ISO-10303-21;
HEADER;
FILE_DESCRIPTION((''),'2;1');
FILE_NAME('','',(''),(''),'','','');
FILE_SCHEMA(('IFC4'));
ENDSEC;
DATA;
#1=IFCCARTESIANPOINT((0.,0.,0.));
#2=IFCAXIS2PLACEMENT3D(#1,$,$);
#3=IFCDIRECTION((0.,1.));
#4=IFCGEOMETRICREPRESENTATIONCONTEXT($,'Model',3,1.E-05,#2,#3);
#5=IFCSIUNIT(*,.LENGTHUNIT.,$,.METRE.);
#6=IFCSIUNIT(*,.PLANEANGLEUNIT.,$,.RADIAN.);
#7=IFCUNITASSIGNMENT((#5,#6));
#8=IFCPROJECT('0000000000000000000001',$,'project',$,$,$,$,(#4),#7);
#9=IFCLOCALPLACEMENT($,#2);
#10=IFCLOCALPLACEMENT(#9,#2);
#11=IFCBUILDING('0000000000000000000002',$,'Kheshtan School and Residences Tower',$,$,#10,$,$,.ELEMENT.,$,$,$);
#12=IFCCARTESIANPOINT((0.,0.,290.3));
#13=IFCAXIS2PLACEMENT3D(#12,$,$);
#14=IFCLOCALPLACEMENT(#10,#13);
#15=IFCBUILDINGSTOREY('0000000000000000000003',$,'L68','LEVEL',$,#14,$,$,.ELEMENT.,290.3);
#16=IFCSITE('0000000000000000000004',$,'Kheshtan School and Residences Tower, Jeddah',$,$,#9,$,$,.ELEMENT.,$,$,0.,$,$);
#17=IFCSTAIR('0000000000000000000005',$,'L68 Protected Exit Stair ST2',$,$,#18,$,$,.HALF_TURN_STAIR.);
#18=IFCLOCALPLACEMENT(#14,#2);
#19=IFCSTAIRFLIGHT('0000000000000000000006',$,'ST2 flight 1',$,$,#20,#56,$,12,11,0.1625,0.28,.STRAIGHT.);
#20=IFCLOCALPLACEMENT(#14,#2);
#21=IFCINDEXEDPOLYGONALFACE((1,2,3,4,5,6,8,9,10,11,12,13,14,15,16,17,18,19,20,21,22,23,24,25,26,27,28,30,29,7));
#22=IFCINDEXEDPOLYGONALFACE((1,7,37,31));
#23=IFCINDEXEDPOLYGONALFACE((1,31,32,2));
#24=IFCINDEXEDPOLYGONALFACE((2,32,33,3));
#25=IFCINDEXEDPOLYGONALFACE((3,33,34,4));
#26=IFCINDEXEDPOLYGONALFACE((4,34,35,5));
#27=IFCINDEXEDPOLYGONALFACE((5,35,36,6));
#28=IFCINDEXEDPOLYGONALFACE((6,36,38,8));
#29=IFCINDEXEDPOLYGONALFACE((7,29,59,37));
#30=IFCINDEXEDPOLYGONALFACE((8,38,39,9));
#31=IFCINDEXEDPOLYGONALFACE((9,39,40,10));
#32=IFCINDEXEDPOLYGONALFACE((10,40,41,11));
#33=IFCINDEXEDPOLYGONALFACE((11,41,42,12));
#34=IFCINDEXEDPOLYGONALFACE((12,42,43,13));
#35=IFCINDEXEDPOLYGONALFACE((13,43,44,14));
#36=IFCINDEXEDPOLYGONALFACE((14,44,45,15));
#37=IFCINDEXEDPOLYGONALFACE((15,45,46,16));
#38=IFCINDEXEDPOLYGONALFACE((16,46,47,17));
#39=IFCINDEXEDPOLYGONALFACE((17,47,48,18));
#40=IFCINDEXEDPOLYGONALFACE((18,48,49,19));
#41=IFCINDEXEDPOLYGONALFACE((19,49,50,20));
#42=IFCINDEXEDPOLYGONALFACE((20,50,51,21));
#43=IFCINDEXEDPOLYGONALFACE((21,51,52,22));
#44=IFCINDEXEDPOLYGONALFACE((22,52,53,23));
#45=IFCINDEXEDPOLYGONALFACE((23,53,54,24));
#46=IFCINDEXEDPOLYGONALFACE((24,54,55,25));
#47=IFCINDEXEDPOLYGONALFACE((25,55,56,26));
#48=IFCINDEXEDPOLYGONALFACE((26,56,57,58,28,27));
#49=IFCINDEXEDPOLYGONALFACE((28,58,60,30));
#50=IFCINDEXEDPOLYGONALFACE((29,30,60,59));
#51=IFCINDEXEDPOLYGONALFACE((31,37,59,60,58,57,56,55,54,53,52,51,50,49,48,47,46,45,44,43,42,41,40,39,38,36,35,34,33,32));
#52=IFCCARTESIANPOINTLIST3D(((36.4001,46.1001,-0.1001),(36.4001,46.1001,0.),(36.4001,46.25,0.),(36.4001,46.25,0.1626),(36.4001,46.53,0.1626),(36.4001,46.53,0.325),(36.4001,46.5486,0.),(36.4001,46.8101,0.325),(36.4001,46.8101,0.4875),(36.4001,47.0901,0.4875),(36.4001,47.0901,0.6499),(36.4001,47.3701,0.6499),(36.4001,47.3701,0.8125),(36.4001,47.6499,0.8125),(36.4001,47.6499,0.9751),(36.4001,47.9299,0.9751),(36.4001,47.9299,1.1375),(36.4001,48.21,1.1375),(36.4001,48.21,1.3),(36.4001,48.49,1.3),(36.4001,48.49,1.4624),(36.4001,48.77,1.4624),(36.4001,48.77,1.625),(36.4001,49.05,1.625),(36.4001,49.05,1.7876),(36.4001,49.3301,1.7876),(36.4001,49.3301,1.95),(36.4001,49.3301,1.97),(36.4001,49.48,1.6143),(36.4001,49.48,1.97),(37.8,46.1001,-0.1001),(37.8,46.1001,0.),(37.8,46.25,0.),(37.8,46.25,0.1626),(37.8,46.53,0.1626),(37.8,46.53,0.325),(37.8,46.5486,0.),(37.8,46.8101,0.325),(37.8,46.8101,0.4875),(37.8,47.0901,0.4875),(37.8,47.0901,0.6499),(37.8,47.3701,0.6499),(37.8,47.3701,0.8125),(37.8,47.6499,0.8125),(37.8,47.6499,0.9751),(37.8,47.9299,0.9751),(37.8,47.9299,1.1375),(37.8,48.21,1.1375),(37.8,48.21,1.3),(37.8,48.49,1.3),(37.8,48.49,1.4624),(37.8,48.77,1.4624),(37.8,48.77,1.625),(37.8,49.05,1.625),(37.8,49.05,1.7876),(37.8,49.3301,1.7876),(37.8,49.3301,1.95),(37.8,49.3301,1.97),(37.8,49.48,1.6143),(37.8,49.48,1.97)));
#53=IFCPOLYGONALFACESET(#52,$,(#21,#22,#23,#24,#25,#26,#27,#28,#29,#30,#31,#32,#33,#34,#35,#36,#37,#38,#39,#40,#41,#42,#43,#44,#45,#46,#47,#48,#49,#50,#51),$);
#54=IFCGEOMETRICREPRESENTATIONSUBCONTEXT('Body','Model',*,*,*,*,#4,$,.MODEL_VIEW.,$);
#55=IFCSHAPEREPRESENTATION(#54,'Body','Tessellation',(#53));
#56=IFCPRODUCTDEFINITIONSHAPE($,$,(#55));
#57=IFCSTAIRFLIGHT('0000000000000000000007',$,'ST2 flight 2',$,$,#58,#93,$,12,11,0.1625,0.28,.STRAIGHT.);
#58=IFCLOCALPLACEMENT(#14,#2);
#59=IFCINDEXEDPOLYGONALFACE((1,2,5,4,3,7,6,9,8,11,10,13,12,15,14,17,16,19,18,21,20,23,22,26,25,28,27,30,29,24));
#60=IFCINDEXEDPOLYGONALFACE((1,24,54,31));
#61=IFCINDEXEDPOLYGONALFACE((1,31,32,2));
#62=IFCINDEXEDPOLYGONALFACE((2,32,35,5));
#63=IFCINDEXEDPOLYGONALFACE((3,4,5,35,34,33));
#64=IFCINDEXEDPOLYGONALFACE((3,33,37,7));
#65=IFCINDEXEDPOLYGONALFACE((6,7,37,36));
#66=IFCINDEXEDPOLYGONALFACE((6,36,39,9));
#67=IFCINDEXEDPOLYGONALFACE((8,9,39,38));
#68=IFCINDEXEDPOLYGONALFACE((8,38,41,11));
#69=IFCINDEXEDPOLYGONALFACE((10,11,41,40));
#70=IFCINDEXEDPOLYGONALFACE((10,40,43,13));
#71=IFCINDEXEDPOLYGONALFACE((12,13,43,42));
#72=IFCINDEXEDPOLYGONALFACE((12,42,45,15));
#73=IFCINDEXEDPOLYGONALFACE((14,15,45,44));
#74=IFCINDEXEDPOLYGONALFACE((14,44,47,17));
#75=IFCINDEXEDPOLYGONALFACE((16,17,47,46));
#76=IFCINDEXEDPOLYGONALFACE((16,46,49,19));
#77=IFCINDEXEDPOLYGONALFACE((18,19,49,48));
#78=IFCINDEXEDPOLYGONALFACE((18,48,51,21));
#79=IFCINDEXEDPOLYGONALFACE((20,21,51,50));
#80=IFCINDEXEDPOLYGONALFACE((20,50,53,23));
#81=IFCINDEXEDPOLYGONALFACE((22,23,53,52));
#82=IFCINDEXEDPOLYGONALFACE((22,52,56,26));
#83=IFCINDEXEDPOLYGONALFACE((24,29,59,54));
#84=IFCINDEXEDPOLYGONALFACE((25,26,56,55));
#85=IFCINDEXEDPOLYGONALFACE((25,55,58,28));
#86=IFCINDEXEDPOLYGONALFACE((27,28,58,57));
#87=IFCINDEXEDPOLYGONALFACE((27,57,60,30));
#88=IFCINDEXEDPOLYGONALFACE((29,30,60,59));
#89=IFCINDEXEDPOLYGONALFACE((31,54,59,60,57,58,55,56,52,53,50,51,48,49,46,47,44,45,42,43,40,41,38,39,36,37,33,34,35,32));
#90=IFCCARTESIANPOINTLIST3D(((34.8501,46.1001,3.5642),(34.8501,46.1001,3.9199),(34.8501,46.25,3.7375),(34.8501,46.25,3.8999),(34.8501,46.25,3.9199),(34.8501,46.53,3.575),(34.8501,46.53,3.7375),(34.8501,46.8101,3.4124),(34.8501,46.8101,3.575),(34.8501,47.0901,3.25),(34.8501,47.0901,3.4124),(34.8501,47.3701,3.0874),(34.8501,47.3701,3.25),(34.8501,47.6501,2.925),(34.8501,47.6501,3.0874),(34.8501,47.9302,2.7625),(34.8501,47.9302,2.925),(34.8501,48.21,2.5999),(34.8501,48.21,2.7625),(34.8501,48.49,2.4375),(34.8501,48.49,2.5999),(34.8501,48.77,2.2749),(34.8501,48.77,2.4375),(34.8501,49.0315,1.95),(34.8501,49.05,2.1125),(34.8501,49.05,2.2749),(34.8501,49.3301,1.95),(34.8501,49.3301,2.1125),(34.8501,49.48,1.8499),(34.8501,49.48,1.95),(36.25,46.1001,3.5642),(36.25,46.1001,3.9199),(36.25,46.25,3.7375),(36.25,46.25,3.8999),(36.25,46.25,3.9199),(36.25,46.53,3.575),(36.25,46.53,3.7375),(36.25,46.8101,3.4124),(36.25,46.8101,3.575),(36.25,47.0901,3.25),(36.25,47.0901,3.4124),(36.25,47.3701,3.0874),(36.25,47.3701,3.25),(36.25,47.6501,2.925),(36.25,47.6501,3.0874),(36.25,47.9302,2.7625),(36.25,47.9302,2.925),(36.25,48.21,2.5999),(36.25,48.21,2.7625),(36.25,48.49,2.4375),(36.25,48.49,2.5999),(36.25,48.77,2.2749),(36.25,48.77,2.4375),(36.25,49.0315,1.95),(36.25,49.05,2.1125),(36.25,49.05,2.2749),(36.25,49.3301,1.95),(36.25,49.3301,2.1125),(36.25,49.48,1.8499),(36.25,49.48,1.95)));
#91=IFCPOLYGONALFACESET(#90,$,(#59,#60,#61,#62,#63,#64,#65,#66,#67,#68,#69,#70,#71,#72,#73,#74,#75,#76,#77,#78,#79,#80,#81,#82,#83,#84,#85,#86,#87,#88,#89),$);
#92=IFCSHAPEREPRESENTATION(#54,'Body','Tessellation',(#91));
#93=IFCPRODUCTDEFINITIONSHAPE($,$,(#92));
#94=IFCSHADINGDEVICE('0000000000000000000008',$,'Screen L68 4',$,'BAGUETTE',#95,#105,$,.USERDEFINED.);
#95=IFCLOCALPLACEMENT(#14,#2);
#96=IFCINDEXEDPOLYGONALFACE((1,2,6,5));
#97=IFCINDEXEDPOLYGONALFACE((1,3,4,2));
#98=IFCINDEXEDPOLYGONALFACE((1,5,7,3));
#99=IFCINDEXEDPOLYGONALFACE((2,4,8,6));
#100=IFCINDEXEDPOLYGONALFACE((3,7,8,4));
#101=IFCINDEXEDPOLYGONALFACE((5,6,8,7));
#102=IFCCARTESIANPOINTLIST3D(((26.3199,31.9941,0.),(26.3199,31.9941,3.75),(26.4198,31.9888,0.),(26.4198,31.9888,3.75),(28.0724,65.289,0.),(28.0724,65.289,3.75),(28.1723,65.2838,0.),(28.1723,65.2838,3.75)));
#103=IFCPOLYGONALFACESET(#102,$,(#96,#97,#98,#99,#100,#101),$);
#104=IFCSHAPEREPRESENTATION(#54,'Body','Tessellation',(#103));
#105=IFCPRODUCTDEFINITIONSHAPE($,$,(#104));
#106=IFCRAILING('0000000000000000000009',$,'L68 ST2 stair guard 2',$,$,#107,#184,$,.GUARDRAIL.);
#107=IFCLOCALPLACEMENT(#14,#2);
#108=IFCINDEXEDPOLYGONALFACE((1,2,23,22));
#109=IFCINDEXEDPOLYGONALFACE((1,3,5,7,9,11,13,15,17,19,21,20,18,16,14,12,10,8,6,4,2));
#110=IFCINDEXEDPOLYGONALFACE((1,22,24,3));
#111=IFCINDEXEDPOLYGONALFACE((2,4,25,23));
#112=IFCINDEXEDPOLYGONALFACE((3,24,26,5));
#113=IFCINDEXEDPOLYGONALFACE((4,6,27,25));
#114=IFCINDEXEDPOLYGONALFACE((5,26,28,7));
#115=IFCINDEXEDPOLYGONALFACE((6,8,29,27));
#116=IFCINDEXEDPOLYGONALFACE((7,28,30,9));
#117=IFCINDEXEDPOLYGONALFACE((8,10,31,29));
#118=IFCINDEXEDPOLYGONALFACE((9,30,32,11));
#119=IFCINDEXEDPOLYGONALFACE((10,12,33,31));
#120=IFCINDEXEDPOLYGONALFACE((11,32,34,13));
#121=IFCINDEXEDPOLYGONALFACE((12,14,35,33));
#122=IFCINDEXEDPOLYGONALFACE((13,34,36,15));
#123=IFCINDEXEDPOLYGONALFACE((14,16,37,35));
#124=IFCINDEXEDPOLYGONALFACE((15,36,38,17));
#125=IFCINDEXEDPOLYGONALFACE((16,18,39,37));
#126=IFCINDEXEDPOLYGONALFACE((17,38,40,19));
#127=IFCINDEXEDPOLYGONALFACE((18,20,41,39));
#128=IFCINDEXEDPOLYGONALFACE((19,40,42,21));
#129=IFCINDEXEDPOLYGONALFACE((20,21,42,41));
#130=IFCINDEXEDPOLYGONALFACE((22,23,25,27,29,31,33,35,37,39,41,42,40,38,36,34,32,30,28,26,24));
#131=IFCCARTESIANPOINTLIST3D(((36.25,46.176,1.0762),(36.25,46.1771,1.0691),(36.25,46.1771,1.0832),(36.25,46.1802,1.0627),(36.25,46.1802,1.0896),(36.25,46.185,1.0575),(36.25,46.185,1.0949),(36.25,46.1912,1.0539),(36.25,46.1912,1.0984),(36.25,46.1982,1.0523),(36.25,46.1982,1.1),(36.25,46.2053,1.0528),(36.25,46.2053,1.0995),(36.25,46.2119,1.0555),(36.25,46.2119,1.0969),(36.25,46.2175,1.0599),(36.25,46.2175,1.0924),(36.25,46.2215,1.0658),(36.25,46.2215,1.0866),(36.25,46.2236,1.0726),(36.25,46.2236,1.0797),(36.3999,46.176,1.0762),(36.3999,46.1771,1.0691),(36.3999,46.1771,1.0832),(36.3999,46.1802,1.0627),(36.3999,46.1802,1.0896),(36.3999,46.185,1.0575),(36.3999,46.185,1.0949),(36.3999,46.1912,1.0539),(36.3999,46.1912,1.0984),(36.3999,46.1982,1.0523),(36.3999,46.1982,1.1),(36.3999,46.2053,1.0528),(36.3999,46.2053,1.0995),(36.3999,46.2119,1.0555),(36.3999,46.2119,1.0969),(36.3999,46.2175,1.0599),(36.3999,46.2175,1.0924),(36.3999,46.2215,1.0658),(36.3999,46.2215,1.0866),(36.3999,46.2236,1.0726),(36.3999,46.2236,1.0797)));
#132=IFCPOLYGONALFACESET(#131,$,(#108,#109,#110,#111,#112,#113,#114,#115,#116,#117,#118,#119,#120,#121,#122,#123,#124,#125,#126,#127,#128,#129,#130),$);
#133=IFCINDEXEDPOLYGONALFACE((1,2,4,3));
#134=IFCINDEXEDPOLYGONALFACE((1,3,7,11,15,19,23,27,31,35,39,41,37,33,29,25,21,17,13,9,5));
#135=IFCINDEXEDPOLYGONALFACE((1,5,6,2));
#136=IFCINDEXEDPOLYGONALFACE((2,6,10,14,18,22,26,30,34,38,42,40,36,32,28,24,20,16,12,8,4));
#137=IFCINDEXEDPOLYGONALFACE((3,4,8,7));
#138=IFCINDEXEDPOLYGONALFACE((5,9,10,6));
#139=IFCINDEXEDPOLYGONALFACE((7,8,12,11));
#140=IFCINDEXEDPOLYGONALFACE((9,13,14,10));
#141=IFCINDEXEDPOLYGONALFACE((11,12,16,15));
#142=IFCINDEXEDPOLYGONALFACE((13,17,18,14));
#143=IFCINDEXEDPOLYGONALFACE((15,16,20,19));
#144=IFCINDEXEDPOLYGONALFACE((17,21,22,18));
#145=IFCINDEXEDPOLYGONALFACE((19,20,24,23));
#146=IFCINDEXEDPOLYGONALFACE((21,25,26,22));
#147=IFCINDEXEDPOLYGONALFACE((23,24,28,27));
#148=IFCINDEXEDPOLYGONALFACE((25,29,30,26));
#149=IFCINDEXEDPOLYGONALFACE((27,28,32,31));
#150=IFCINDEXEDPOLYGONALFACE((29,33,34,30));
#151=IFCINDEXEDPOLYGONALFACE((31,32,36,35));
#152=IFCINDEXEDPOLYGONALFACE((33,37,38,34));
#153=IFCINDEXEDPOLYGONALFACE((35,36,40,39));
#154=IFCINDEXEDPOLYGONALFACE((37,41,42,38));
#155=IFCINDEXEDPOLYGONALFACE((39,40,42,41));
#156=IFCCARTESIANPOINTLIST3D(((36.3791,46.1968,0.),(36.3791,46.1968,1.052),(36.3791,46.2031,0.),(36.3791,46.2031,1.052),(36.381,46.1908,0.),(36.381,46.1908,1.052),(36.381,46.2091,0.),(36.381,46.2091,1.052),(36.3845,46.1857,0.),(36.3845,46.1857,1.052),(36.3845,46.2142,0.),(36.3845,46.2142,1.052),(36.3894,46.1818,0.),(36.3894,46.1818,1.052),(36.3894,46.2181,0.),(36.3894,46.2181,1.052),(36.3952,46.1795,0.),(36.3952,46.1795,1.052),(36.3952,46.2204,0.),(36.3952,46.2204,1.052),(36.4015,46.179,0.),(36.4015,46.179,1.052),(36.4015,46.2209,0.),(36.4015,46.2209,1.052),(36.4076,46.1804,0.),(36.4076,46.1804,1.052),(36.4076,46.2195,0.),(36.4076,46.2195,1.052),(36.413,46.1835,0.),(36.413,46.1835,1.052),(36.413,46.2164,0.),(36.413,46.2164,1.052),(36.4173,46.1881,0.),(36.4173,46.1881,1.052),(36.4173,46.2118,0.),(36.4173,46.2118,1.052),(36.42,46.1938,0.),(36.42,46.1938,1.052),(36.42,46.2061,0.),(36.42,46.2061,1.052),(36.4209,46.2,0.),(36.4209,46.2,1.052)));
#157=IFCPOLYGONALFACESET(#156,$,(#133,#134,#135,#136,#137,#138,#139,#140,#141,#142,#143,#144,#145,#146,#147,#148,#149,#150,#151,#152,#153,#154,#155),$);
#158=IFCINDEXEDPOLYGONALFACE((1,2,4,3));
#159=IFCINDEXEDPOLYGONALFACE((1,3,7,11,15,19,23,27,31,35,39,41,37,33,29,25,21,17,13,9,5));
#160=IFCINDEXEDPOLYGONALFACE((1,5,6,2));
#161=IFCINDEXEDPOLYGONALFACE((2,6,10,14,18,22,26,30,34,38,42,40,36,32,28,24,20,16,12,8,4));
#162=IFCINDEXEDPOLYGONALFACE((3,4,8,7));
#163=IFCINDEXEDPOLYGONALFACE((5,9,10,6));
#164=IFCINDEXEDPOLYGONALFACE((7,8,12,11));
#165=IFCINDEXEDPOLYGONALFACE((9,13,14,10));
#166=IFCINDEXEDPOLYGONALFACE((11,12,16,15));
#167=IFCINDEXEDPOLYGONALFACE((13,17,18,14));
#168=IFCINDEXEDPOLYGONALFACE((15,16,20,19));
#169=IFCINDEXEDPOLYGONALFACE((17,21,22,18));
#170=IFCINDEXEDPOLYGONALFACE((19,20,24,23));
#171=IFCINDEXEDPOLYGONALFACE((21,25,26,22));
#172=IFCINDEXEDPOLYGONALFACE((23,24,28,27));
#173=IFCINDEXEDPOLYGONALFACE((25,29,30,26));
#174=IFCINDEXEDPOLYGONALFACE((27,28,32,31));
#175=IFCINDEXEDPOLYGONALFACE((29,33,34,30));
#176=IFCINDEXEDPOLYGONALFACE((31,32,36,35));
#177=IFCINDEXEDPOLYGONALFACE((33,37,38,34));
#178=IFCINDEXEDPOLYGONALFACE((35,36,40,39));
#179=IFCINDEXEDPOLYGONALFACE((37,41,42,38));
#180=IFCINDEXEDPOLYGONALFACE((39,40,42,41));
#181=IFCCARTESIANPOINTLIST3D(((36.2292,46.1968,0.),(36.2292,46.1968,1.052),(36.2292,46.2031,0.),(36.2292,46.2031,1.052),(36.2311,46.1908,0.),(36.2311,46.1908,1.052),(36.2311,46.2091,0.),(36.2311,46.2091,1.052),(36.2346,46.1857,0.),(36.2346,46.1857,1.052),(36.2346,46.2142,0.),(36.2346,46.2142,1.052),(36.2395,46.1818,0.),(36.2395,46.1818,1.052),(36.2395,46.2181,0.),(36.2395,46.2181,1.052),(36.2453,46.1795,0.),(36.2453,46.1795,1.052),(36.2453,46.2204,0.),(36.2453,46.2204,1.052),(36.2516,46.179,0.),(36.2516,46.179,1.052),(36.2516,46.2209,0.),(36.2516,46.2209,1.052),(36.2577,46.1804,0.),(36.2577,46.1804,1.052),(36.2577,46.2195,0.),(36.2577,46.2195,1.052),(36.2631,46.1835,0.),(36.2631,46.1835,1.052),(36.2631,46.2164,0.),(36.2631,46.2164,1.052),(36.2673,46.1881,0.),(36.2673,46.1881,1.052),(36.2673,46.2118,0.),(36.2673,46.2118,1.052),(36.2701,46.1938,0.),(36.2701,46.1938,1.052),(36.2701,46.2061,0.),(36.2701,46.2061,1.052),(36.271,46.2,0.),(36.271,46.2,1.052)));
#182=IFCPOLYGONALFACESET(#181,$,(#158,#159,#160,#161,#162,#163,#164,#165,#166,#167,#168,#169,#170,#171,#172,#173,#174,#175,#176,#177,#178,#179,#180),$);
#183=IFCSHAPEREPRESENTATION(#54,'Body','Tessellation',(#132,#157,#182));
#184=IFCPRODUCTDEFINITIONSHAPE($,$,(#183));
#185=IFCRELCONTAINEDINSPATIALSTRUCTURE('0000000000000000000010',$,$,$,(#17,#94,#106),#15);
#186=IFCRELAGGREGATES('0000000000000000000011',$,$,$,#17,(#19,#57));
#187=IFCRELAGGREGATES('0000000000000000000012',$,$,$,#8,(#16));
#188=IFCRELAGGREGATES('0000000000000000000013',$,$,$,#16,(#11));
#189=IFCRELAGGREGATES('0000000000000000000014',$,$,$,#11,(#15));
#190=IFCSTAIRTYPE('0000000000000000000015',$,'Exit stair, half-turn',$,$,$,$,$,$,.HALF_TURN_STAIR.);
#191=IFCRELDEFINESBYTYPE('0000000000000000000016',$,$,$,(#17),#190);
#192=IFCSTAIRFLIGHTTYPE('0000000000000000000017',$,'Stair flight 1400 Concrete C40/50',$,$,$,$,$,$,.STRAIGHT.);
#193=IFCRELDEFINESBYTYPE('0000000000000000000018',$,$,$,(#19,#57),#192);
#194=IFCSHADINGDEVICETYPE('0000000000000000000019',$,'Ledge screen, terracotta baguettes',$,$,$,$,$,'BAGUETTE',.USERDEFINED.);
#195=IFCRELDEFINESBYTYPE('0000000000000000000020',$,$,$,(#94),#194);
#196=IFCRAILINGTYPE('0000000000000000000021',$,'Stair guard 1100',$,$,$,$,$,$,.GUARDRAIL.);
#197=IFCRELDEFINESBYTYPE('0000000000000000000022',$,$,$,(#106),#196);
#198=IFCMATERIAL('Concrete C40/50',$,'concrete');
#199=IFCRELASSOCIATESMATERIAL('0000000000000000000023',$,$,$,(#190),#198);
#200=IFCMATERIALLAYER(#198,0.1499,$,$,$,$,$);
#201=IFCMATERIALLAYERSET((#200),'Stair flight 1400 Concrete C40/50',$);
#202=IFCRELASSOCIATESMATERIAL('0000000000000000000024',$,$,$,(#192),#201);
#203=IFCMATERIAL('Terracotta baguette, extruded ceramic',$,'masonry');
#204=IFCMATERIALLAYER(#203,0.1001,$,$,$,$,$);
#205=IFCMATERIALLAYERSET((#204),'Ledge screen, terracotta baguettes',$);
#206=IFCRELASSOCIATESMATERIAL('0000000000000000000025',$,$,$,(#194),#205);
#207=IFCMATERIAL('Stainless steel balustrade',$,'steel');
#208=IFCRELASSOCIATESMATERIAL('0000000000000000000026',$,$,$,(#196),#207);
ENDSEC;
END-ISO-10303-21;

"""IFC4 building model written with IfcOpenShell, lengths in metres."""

from ifc_helpers import new_model, si_unit, direction, frame, origin, origin_2d, place, context, subcontext, project, spatial, polyline, rectangle, circle, outline, extrude, material, layer, layer_set, type_object, element, aggregate, save


model = new_model("IFC4")

# Units and contexts
model_context = context("Model", 3, precision=1e-05, world=origin(), true_north=direction((0.0, 1.0)))
body_context = subcontext(model_context, "Body", "Model", "MODEL_VIEW")
ifc_project = project(units=[si_unit("LENGTHUNIT", "METRE"), si_unit("PLANEANGLEUNIT", "RADIAN")], contexts=[model_context])

# Site, building, storey
site_placement = place(None, origin())
site = spatial("IfcSite", under=ifc_project, at=site_placement, Name="Kheshtan School and Residences Tower, Jeddah", CompositionType="ELEMENT", RefElevation=0.0)
building_placement = place(site_placement, origin())
building = spatial("IfcBuilding", under=site, at=building_placement, Name="Kheshtan School and Residences Tower", CompositionType="ELEMENT")
storey_placement = place(building_placement, frame((0.0, 0.0, 290.3)))
storey = spatial("IfcBuildingStorey", under=building, at=storey_placement, Name="L68", Description="LEVEL", CompositionType="ELEMENT", Elevation=290.3)

# Shared definitions
ifc_material_1 = material(Name="Concrete C40/50", Category="concrete")

# Stair, stair flights
stair_type = type_object("IfcStairType", Name="Exit stair, half-turn", PredefinedType="HALF_TURN_STAIR", material=ifc_material_1)
stair_placement = place(storey_placement, origin())
stair = element("IfcStair", 1, at=stair_placement, inside=storey, type_object=stair_type, Name="L68 Protected Exit Stair ST2", PredefinedType="HALF_TURN_STAIR")
ifc_layer_1 = layer(ifc_material_1, 0.1499)
ifc_layer_set_1 = layer_set([ifc_layer_1], Name="Stair flight 1400 Concrete C40/50")
stair_flight_type = type_object("IfcStairFlightType", Name="Stair flight 1400 Concrete C40/50", PredefinedType="STRAIGHT", material=ifc_layer_set_1)
stair_flight_1_placement = place(storey_placement, frame((37.1001, 46.25, 0.0), z_axis=(0.0, 0.0, 1.0), x_axis=(0.0, 1.0, 0.0)))
stair_flight_1 = element("IfcStairFlight", 2, at=stair_flight_1_placement, type_object=stair_flight_type, Name="ST2 flight 1", NumberOfRisers=12, NumberOfTreads=11, PredefinedType="STRAIGHT", RiserHeight=0.1625, TreadLength=0.28, context=body_context, shape_type="SweptSolid", body=[
    extrude(outline(polyline([(-0.1499, -0.1001), (-0.1499, 0.0), (0.0, 0.0), (0.0, 0.1626), (0.28, 0.1626), (0.28, 0.325), (0.5601, 0.325), (0.5601, 0.4875), (0.8401, 0.4875), (0.8401, 0.6499), (1.1201, 0.6499), (1.1201, 0.8125), (1.3999, 0.8125), (1.3999, 0.9751), (1.6799, 0.9751), (1.6799, 1.1375), (1.96, 1.1375), (1.96, 1.3), (2.24, 1.3), (2.24, 1.4624), (2.52, 1.4624), (2.52, 1.625), (2.8, 1.625), (2.8, 1.7876), (3.0801, 1.7876), (3.0801, 1.95), (3.0801, 1.97), (3.23, 1.97), (3.23, 1.6143), (0.2986, 0.0), (-0.1499, -0.1001)])), frame((0.0, 0.7, 0.0), z_axis=(0.0, -1.0, 0.0), x_axis=(1.0, 0.0, 0.0)), (0.0, 0.0, 1.0), 1.3999),
])
stair_flight_2_placement = place(storey_placement, frame((35.55, 49.3301, 1.95), z_axis=(0.0, 0.0, 1.0), x_axis=(0.0, -1.0, 0.0)))
stair_flight_2 = element("IfcStairFlight", 3, at=stair_flight_2_placement, type_object=stair_flight_type, Name="ST2 flight 2", NumberOfRisers=12, NumberOfTreads=11, PredefinedType="STRAIGHT", RiserHeight=0.1625, TreadLength=0.28, context=body_context, shape_type="SweptSolid", body=[
    extrude(outline(polyline([(-0.1499, -0.1001), (-0.1499, 0.0), (0.0, 0.0), (0.0, 0.1626), (0.28, 0.1626), (0.28, 0.325), (0.5601, 0.325), (0.5601, 0.4875), (0.8401, 0.4875), (0.8401, 0.6499), (1.1201, 0.6499), (1.1201, 0.8125), (1.3999, 0.8125), (1.3999, 0.9751), (1.6799, 0.9751), (1.6799, 1.1375), (1.96, 1.1375), (1.96, 1.3), (2.24, 1.3), (2.24, 1.4624), (2.52, 1.4624), (2.52, 1.625), (2.8, 1.625), (2.8, 1.7876), (3.0801, 1.7876), (3.0801, 1.95), (3.0801, 1.97), (3.23, 1.97), (3.23, 1.6143), (0.2986, 0.0), (-0.1499, -0.1001)])), frame((0.0, 0.7, 0.0), z_axis=(0.0, -1.0, 0.0), x_axis=(1.0, 0.0, 0.0)), (0.0, 0.0, 1.0), 1.3999),
])
aggregate(stair, [stair_flight_1, stair_flight_2])

# Shading device
ifc_material_2 = material(Name="Terracotta baguette, extruded ceramic", Category="masonry")
ifc_layer_2 = layer(ifc_material_2, 0.1001)
ifc_layer_set_2 = layer_set([ifc_layer_2], Name="Ledge screen, terracotta baguettes")
shading_device_type = type_object("IfcShadingDeviceType", Name="Ledge screen, terracotta baguettes", ElementType="BAGUETTE", PredefinedType="USERDEFINED", material=ifc_layer_set_2)
shading_device_placement = place(storey_placement, frame((27.2461, 48.6389, 0.0), z_axis=(0.0, 0.0, 1.0), x_axis=(0.052563, 0.998618, 0.0)))
element("IfcShadingDevice", 4, at=shading_device_placement, inside=storey, type_object=shading_device_type, Name="Screen L68 4", ObjectType="BAGUETTE", PredefinedType="USERDEFINED", context=body_context, shape_type="SweptSolid", body=[
    extrude(rectangle(XDim=33.3411, YDim=0.1001, at=origin_2d()), origin(), (0.0, 0.0, 1.0), 3.75),
])

# Railing
ifc_material_3 = material(Name="Stainless steel balustrade", Category="steel")
railing_type_1 = type_object("IfcRailingType", Name="Stair guard 1100", PredefinedType="GUARDRAIL", material=ifc_material_3)
railing_1_placement = place(storey_placement, frame((36.3999, 46.2, 0.0)))
element("IfcRailing", 5, at=railing_1_placement, inside=storey, type_object=railing_type_1, Name="L68 ST2 stair guard 2", PredefinedType="GUARDRAIL", context=body_context, shape_type="SweptSolid", body=[
    extrude(circle(Radius=0.0239, at=origin_2d()), frame((0.0, 0.0, 1.0762), z_axis=(-1.0, 0.0, 0.0), x_axis=(0.0, -1.0, 0.0)), (0.0, 0.0, 1.0), 0.1499),
    extrude(circle(Radius=0.021, at=origin_2d()), origin(), (0.0, 0.0, 1.0), 1.052),
    extrude(circle(Radius=0.021, at=origin_2d()), frame((-0.1499, 0.0, 0.0)), (0.0, 0.0, 1.0), 1.052),
])

save(model, "model.ifc")
